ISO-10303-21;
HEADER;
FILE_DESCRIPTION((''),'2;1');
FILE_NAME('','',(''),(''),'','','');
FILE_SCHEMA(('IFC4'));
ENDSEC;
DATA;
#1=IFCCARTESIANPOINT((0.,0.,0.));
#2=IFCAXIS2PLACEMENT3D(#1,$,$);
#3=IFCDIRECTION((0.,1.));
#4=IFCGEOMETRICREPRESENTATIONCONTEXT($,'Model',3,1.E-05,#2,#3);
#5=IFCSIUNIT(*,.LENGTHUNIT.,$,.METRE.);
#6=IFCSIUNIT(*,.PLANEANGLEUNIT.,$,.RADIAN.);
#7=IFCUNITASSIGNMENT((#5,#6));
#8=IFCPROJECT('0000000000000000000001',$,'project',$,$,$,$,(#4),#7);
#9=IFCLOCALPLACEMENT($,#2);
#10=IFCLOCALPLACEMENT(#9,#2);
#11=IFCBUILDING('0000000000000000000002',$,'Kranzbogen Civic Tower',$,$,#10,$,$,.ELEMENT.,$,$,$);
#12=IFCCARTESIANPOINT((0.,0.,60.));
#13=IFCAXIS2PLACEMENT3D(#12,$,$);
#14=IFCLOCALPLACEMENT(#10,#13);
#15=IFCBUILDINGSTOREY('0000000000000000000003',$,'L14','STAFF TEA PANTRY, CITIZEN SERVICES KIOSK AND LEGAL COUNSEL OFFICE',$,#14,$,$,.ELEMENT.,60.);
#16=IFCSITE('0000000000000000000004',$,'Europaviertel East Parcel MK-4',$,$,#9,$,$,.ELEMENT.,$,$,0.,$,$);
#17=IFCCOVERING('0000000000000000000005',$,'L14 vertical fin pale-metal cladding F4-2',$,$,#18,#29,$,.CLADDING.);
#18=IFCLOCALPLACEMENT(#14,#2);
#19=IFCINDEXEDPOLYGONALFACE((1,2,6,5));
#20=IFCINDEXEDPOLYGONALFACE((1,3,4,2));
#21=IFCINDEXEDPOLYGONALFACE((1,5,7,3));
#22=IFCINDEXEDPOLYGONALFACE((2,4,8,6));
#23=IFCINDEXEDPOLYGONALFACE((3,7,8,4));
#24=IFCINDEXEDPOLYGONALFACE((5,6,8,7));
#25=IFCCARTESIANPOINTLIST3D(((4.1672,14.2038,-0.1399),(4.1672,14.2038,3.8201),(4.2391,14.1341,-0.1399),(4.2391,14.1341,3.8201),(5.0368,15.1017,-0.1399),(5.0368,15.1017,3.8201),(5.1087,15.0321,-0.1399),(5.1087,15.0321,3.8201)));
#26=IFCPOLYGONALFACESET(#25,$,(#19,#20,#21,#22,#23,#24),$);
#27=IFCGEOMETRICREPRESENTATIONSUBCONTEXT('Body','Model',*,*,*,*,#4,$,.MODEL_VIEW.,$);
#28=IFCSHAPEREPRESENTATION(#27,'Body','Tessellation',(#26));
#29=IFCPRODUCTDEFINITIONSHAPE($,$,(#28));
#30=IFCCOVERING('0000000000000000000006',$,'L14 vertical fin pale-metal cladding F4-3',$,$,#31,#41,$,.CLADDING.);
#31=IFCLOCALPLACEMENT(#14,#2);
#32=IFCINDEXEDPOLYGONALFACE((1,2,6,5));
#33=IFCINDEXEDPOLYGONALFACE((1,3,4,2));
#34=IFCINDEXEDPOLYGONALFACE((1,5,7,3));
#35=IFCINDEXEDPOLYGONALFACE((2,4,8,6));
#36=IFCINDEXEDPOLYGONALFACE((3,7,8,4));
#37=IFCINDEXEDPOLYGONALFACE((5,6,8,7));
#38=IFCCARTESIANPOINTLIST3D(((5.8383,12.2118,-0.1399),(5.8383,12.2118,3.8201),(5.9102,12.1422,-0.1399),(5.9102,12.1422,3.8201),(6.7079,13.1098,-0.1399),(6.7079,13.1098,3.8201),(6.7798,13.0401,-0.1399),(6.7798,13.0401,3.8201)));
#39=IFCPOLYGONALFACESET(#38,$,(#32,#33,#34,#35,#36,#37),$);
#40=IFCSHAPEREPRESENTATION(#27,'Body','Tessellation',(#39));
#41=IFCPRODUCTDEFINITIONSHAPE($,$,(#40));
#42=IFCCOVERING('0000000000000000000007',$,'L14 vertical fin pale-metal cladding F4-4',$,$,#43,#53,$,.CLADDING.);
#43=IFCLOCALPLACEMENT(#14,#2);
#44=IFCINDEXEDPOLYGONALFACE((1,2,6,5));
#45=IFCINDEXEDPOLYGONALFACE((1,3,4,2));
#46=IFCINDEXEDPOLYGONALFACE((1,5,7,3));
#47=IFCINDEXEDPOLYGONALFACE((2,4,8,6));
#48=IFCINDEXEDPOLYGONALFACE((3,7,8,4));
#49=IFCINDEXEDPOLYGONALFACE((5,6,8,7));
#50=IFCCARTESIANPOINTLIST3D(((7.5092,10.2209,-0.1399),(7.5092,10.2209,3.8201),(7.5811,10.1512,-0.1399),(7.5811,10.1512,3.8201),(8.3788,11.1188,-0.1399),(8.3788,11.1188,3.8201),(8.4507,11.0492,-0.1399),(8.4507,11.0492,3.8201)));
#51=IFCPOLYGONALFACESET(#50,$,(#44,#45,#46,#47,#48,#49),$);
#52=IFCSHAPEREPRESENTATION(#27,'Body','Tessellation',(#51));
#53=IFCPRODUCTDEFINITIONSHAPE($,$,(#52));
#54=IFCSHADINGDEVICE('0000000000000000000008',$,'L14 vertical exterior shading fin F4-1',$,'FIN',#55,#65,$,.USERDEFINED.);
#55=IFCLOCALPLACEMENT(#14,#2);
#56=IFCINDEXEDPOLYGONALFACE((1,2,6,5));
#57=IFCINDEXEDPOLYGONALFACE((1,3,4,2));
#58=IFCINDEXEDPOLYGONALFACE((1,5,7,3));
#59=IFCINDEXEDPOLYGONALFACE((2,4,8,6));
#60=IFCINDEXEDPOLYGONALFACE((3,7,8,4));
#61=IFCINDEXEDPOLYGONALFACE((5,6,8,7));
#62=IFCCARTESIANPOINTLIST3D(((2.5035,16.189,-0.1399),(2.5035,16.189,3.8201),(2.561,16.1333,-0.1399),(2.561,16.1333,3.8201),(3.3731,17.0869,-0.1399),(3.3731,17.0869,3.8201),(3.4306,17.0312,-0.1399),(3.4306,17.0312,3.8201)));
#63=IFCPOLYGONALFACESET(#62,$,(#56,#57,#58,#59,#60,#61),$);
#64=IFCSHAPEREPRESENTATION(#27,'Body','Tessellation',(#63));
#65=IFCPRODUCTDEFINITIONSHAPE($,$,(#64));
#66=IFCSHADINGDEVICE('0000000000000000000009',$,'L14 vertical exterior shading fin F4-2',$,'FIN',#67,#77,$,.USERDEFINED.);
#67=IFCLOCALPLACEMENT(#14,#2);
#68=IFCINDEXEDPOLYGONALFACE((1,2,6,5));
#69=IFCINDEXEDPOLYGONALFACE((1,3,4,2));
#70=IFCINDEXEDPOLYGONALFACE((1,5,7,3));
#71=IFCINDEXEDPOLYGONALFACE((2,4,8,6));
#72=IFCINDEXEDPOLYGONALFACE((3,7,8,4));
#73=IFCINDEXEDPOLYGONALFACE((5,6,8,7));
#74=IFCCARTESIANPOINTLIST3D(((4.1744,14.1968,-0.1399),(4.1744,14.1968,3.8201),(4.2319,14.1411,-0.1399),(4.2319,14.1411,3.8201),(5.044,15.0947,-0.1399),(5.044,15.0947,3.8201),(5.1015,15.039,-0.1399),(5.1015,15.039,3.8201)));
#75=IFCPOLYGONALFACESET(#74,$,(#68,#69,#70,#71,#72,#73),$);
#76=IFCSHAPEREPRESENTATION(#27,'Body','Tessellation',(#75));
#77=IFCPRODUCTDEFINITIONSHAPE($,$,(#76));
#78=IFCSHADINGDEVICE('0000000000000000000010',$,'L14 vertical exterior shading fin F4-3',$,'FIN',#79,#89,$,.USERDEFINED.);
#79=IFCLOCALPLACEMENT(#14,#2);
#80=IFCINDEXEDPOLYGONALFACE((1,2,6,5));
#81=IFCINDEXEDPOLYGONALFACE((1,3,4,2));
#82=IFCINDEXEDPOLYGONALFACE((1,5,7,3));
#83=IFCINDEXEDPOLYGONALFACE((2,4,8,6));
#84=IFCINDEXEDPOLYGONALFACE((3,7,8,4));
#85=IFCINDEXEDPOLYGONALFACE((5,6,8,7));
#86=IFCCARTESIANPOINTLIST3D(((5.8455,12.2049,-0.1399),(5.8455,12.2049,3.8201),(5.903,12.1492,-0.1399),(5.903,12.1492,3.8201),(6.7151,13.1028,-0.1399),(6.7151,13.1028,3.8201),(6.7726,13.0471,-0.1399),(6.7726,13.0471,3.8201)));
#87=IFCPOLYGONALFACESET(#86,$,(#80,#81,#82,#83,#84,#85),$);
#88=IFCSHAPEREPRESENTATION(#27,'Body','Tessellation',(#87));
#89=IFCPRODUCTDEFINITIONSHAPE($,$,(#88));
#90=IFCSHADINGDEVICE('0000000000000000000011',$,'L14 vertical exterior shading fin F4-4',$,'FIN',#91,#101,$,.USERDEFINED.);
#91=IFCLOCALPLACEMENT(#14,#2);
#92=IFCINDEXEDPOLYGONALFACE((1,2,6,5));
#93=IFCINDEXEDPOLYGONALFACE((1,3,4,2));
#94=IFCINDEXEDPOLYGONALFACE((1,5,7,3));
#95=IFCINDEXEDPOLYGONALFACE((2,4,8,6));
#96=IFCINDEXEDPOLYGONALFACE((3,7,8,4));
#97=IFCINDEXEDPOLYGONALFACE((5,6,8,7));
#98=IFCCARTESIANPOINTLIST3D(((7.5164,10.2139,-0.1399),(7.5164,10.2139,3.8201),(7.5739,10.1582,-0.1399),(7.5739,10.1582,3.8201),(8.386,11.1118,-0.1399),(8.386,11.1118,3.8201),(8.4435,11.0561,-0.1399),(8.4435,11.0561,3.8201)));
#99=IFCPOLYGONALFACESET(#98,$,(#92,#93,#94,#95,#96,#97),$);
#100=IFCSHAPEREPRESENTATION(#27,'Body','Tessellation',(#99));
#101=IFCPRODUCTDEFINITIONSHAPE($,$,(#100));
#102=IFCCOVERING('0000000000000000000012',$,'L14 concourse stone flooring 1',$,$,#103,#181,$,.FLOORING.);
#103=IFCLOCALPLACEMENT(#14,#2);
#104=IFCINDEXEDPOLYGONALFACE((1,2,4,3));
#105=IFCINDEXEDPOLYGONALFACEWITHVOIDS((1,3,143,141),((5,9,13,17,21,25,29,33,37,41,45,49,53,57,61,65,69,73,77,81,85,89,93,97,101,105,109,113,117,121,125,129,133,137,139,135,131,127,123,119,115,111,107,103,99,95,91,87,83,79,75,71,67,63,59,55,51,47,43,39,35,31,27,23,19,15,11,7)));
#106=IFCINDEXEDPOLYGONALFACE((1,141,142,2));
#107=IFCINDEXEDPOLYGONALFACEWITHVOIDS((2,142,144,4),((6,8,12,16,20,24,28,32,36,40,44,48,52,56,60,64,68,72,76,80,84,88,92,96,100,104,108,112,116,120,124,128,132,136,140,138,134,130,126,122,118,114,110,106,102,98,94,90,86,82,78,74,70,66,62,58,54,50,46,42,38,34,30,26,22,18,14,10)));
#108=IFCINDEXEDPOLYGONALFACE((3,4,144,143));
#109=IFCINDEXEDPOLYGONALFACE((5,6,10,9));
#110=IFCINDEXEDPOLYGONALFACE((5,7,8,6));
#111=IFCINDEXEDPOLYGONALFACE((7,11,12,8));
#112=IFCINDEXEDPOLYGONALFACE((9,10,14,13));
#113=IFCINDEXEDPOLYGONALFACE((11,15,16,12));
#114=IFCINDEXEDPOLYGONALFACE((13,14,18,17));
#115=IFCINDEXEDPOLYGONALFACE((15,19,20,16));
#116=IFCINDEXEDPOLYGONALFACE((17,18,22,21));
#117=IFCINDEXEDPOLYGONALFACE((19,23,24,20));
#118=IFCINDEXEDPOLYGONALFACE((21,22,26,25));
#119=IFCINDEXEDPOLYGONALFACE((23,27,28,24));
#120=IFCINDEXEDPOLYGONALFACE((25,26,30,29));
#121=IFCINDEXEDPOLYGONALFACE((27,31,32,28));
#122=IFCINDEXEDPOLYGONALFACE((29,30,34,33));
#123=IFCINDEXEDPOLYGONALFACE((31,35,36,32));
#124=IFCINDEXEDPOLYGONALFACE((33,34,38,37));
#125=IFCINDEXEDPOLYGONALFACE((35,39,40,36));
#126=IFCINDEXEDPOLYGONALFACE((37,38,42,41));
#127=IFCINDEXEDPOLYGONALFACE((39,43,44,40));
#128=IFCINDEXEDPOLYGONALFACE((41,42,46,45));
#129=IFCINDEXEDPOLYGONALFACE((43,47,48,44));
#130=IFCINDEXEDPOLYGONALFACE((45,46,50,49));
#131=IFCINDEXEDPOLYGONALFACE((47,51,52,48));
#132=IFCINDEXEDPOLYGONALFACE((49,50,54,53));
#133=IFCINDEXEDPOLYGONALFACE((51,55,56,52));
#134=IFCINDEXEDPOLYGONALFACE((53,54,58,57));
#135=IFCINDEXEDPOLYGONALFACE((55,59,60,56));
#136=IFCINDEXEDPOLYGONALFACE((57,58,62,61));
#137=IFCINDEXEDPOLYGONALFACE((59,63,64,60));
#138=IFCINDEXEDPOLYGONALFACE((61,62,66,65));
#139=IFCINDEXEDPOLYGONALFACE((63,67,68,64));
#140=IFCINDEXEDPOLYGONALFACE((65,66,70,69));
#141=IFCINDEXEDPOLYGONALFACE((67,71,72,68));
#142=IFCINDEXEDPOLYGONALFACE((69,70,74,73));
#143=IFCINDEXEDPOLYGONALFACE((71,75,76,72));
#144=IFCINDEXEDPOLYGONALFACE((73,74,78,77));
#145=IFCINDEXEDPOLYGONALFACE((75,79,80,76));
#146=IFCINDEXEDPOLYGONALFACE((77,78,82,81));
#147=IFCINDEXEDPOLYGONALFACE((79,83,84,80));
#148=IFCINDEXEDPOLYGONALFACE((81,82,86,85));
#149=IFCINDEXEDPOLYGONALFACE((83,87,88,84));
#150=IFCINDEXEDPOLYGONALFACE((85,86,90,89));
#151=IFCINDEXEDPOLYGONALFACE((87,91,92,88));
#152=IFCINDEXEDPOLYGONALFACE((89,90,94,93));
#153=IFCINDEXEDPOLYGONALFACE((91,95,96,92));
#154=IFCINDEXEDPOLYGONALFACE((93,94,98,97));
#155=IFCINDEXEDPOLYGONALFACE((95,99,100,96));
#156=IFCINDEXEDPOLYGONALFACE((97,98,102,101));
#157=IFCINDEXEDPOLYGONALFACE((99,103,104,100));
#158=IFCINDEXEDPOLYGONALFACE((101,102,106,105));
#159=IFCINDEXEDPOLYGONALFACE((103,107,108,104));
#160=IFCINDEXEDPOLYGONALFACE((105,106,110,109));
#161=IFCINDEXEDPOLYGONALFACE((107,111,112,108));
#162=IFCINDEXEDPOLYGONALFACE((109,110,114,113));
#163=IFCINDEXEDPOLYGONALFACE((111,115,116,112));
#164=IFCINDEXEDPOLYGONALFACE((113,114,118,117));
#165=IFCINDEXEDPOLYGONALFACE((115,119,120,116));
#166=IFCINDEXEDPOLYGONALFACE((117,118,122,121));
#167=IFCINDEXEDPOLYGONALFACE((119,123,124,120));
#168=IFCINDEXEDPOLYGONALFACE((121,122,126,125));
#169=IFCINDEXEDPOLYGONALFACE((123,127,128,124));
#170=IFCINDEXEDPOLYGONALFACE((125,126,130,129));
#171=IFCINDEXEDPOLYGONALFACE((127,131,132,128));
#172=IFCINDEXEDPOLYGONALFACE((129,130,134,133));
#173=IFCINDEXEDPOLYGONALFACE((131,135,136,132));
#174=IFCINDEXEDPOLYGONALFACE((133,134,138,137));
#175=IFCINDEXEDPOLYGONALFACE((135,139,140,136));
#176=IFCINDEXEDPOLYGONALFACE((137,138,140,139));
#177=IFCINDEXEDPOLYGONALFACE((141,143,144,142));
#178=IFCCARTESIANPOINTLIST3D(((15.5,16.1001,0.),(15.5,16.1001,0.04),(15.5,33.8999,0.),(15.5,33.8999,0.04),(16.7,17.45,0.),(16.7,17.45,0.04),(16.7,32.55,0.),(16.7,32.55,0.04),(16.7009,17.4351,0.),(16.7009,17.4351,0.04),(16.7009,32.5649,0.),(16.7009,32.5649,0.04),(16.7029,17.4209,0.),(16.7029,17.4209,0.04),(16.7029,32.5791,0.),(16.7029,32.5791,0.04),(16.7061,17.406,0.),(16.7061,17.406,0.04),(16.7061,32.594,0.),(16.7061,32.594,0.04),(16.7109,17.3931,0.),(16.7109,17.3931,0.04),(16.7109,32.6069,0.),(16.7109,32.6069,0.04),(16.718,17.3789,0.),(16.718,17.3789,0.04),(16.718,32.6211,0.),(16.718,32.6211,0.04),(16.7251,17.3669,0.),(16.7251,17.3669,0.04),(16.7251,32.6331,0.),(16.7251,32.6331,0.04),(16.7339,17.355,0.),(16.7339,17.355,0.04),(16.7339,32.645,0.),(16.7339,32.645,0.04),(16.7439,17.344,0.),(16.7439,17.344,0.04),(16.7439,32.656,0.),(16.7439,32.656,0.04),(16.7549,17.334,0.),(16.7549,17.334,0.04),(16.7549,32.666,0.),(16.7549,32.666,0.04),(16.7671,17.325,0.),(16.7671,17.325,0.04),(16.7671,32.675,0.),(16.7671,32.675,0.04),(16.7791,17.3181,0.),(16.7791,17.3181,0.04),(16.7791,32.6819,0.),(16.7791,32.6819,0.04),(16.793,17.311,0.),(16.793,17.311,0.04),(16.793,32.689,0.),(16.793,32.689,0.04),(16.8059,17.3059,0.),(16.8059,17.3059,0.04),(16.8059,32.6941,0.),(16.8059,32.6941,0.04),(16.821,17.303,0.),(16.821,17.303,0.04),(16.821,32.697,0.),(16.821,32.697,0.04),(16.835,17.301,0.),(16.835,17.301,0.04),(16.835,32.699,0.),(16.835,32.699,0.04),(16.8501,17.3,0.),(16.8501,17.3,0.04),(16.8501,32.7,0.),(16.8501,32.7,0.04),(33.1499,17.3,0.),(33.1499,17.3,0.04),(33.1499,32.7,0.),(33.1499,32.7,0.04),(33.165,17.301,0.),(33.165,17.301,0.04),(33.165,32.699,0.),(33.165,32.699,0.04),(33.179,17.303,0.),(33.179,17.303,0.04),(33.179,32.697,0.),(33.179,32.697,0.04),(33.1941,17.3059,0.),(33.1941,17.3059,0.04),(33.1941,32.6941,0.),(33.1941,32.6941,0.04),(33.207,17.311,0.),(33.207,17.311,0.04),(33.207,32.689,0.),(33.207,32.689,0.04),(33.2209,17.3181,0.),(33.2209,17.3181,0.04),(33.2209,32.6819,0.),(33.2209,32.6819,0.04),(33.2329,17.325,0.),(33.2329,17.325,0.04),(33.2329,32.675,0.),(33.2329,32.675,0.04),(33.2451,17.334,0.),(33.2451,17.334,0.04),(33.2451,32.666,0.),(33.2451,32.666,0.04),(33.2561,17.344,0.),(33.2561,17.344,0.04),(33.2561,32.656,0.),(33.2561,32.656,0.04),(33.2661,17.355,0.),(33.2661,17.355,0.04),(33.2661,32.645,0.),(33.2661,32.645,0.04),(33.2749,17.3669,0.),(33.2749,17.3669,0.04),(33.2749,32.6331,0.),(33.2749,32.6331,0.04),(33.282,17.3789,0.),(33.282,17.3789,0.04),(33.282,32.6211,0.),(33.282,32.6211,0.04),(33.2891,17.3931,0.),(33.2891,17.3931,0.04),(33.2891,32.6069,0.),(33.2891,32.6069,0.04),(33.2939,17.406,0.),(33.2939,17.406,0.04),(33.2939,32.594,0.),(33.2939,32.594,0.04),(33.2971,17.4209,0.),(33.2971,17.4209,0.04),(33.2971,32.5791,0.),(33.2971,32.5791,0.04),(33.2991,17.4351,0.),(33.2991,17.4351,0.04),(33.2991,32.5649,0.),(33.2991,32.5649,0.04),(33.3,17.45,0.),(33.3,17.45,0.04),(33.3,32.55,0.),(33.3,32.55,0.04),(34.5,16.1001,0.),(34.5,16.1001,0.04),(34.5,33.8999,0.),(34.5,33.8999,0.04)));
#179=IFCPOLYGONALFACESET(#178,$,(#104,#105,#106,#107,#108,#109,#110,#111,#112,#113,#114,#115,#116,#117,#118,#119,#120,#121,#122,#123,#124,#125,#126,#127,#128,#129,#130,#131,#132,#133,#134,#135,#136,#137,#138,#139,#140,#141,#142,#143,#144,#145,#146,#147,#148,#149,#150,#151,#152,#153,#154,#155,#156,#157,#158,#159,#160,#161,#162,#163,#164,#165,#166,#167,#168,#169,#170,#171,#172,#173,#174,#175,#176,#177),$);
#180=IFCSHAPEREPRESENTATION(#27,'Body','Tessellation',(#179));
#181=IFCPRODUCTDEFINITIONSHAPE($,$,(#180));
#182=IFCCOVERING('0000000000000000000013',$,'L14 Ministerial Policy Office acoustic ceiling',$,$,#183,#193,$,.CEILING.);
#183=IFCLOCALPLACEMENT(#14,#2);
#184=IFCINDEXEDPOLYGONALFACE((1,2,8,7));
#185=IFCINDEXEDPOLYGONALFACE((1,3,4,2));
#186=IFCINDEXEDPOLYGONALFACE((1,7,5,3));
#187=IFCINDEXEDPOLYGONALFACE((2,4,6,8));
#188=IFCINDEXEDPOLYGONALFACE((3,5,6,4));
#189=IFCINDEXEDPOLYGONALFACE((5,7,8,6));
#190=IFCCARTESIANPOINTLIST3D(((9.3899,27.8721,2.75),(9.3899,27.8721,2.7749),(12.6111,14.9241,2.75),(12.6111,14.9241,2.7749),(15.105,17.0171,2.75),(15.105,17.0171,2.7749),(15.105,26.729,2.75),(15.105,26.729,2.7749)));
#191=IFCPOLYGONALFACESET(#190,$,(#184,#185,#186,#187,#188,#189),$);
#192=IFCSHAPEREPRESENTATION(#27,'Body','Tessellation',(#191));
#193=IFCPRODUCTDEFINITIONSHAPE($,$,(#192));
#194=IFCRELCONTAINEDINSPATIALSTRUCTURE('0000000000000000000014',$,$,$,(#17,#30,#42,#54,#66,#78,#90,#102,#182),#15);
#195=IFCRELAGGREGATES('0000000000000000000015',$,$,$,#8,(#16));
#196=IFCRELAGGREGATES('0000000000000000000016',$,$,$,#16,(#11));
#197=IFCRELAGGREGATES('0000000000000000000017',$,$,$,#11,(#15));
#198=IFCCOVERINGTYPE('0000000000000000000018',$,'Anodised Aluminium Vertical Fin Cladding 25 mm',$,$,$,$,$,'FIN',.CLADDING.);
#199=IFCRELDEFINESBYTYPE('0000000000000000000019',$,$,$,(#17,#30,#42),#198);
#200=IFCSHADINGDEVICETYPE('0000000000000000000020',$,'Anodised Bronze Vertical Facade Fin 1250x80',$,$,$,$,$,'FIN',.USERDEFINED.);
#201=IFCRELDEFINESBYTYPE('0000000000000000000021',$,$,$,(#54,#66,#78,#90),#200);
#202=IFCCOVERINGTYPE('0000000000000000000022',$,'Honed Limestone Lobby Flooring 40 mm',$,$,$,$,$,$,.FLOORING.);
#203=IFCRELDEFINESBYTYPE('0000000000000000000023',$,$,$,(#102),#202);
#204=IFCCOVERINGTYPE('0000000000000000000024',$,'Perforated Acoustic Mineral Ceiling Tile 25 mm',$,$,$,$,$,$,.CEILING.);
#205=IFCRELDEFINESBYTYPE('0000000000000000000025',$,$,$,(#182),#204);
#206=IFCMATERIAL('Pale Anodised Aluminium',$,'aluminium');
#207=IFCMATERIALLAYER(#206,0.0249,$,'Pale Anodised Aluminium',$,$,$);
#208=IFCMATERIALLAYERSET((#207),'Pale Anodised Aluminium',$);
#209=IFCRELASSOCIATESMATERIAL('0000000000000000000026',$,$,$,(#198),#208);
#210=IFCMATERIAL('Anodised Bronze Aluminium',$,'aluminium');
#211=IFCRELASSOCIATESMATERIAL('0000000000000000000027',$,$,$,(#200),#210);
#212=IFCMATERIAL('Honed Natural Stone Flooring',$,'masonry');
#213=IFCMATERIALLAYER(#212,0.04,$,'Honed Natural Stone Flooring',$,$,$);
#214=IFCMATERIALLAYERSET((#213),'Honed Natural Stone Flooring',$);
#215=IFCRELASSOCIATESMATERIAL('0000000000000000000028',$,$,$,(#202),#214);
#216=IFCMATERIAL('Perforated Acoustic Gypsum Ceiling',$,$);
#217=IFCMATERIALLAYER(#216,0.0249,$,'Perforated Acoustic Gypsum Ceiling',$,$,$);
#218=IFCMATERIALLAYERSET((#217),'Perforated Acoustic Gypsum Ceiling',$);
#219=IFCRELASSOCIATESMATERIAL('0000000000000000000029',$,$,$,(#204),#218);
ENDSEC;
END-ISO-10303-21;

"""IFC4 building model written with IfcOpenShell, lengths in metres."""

from ifc_helpers import new_model, si_unit, direction, frame, origin, origin_2d, place, context, subcontext, project, spatial, polyline, rectangle, outline, extrude, material, layer, layer_set, type_object, element, save


model = new_model("IFC4")

# Units and contexts
model_context = context("Model", 3, precision=1e-05, world=origin(), true_north=direction((0.0, 1.0)))
body_context = subcontext(model_context, "Body", "Model", "MODEL_VIEW")
ifc_project = project(units=[si_unit("LENGTHUNIT", "METRE"), si_unit("PLANEANGLEUNIT", "RADIAN")], contexts=[model_context])

# Site, building, storey
site_placement = place(None, origin())
site = spatial("IfcSite", under=ifc_project, at=site_placement, Name="Europaviertel East Parcel MK-4", CompositionType="ELEMENT", RefElevation=0.0)
building_placement = place(site_placement, origin())
building = spatial("IfcBuilding", under=site, at=building_placement, Name="Kranzbogen Civic Tower", CompositionType="ELEMENT")
storey_placement = place(building_placement, frame((0.0, 0.0, 60.0)))
storey = spatial("IfcBuildingStorey", under=building, at=storey_placement, Name="L14", Description="STAFF TEA PANTRY, CITIZEN SERVICES KIOSK AND LEGAL COUNSEL OFFICE", CompositionType="ELEMENT", Elevation=60.0)

# Shared definitions
ifc_material_1 = material(Name="Pale Anodised Aluminium", Category="aluminium")

# Coverings
ifc_layer_1 = layer(ifc_material_1, 0.0249, Name="Pale Anodised Aluminium")
ifc_layer_set_1 = layer_set([ifc_layer_1], Name="Pale Anodised Aluminium")
covering_type_1 = type_object("IfcCoveringType", Name="Anodised Aluminium Vertical Fin Cladding 25 mm", ElementType="FIN", PredefinedType="CLADDING", material=ifc_layer_set_1)
for number, where, z_axis, x_axis, name in (
    (1, (4.6379, 14.6179, -0.1399), (0.0, 0.0, 1.0), (-0.695687, -0.718345, 0.0), "L14 vertical fin pale-metal cladding F4-2"),
    (2, (6.3091, 12.626, -0.1399), (0.0, 0.0, 1.0), (-0.695687, -0.718345, 0.0), "L14 vertical fin pale-metal cladding F4-3"),
    (3, (7.98, 10.635, -0.1399), (0.0, 0.0, 1.0), (-0.695687, -0.718345, 0.0), "L14 vertical fin pale-metal cladding F4-4"),
):
    element("IfcCovering", number, at=place(storey_placement, frame(where, z_axis=z_axis, x_axis=x_axis)), inside=storey, type_object=covering_type_1, Name=name, PredefinedType="CLADDING", context=body_context, shape_type="SweptSolid", body=[
        extrude(rectangle(XDim=1.25, YDim=0.1001, at=origin_2d()), origin(), (0.0, 0.0, 1.0), 3.96),
    ])

# Shading devices
ifc_material_2 = material(Name="Anodised Bronze Aluminium", Category="aluminium")
shading_device_type = type_object("IfcShadingDeviceType", Name="Anodised Bronze Vertical Facade Fin 1250x80", ElementType="FIN", PredefinedType="USERDEFINED", material=ifc_material_2)
for number, where, z_axis, x_axis, name in (
    (4, (2.967, 16.6101, -0.1399), (0.0, 0.0, 1.0), (-0.695687, -0.718345, 0.0), "L14 vertical exterior shading fin F4-1"),
    (5, (4.6379, 14.6179, -0.1399), (0.0, 0.0, 1.0), (-0.695687, -0.718345, 0.0), "L14 vertical exterior shading fin F4-2"),
    (6, (6.3091, 12.626, -0.1399), (0.0, 0.0, 1.0), (-0.695687, -0.718345, 0.0), "L14 vertical exterior shading fin F4-3"),
    (7, (7.98, 10.635, -0.1399), (0.0, 0.0, 1.0), (-0.695687, -0.718345, 0.0), "L14 vertical exterior shading fin F4-4"),
):
    element("IfcShadingDevice", number, at=place(storey_placement, frame(where, z_axis=z_axis, x_axis=x_axis)), inside=storey, type_object=shading_device_type, Name=name, ObjectType="FIN", PredefinedType="USERDEFINED", context=body_context, shape_type="SweptSolid", body=[
        extrude(rectangle(XDim=1.25, YDim=0.0801, at=origin_2d()), origin(), (0.0, 0.0, 1.0), 3.96),
    ])

# Coverings
ifc_material_3 = material(Name="Honed Natural Stone Flooring", Category="masonry")
ifc_layer_2 = layer(ifc_material_3, 0.04, Name="Honed Natural Stone Flooring")
ifc_layer_set_2 = layer_set([ifc_layer_2], Name="Honed Natural Stone Flooring")
covering_type_2 = type_object("IfcCoveringType", Name="Honed Limestone Lobby Flooring 40 mm", PredefinedType="FLOORING", material=ifc_layer_set_2)
covering_1_placement = place(storey_placement, origin())
element("IfcCovering", 8, at=covering_1_placement, inside=storey, type_object=covering_type_2, Name="L14 concourse stone flooring 1", PredefinedType="FLOORING", context=body_context, shape_type="SweptSolid", body=[
    extrude(outline(polyline([(15.5, 33.8999), (34.5, 33.8999), (34.5, 16.1001), (15.5, 16.1001), (15.5, 33.8999)]), holes=[polyline([(33.1499, 32.7), (33.165, 32.699), (33.179, 32.697), (33.1941, 32.6941), (33.207, 32.689), (33.2209, 32.6819), (33.2329, 32.675), (33.2451, 32.666), (33.2561, 32.656), (33.2661, 32.645), (33.2749, 32.6331), (33.282, 32.6211), (33.2891, 32.6069), (33.2939, 32.594), (33.2971, 32.5791), (33.2991, 32.5649), (33.3, 32.55), (33.3, 17.45), (33.2991, 17.4351), (33.2971, 17.4209), (33.2939, 17.406), (33.2891, 17.3931), (33.282, 17.3789), (33.2749, 17.3669), (33.2661, 17.355), (33.2561, 17.344), (33.2451, 17.334), (33.2329, 17.325), (33.2209, 17.3181), (33.207, 17.311), (33.1941, 17.3059), (33.179, 17.303), (33.165, 17.301), (33.1499, 17.3), (16.8501, 17.3), (16.835, 17.301), (16.821, 17.303), (16.8059, 17.3059), (16.793, 17.311), (16.7791, 17.3181), (16.7671, 17.325), (16.7549, 17.334), (16.7439, 17.344), (16.7339, 17.355), (16.7251, 17.3669), (16.718, 17.3789), (16.7109, 17.3931), (16.7061, 17.406), (16.7029, 17.4209), (16.7009, 17.4351), (16.7, 17.45), (16.7, 32.55), (16.7009, 32.5649), (16.7029, 32.5791), (16.7061, 32.594), (16.7109, 32.6069), (16.718, 32.6211), (16.7251, 32.6331), (16.7339, 32.645), (16.7439, 32.656), (16.7549, 32.666), (16.7671, 32.675), (16.7791, 32.6819), (16.793, 32.689), (16.8059, 32.6941), (16.821, 32.697), (16.835, 32.699), (16.8501, 32.7), (33.1499, 32.7)])]), origin(), (0.0, 0.0, 1.0), 0.04),
])
ifc_material_4 = material(Name="Perforated Acoustic Gypsum Ceiling")
ifc_layer_3 = layer(ifc_material_4, 0.0249, Name="Perforated Acoustic Gypsum Ceiling")
ifc_layer_set_3 = layer_set([ifc_layer_3], Name="Perforated Acoustic Gypsum Ceiling")
covering_type_3 = type_object("IfcCoveringType", Name="Perforated Acoustic Mineral Ceiling Tile 25 mm", PredefinedType="CEILING", material=ifc_layer_set_3)
covering_2_placement = place(storey_placement, frame((0.0, 0.0, 2.75)))
element("IfcCovering", 9, at=covering_2_placement, inside=storey, type_object=covering_type_3, Name="L14 Ministerial Policy Office acoustic ceiling", PredefinedType="CEILING", context=body_context, shape_type="SweptSolid", body=[
    extrude(outline(polyline([(15.105, 17.0171), (12.6111, 14.9241), (9.3899, 27.8721), (15.105, 26.729), (15.105, 17.0171)])), origin(), (0.0, 0.0, 1.0), 0.0249),
])

save(model, "model.ifc")
